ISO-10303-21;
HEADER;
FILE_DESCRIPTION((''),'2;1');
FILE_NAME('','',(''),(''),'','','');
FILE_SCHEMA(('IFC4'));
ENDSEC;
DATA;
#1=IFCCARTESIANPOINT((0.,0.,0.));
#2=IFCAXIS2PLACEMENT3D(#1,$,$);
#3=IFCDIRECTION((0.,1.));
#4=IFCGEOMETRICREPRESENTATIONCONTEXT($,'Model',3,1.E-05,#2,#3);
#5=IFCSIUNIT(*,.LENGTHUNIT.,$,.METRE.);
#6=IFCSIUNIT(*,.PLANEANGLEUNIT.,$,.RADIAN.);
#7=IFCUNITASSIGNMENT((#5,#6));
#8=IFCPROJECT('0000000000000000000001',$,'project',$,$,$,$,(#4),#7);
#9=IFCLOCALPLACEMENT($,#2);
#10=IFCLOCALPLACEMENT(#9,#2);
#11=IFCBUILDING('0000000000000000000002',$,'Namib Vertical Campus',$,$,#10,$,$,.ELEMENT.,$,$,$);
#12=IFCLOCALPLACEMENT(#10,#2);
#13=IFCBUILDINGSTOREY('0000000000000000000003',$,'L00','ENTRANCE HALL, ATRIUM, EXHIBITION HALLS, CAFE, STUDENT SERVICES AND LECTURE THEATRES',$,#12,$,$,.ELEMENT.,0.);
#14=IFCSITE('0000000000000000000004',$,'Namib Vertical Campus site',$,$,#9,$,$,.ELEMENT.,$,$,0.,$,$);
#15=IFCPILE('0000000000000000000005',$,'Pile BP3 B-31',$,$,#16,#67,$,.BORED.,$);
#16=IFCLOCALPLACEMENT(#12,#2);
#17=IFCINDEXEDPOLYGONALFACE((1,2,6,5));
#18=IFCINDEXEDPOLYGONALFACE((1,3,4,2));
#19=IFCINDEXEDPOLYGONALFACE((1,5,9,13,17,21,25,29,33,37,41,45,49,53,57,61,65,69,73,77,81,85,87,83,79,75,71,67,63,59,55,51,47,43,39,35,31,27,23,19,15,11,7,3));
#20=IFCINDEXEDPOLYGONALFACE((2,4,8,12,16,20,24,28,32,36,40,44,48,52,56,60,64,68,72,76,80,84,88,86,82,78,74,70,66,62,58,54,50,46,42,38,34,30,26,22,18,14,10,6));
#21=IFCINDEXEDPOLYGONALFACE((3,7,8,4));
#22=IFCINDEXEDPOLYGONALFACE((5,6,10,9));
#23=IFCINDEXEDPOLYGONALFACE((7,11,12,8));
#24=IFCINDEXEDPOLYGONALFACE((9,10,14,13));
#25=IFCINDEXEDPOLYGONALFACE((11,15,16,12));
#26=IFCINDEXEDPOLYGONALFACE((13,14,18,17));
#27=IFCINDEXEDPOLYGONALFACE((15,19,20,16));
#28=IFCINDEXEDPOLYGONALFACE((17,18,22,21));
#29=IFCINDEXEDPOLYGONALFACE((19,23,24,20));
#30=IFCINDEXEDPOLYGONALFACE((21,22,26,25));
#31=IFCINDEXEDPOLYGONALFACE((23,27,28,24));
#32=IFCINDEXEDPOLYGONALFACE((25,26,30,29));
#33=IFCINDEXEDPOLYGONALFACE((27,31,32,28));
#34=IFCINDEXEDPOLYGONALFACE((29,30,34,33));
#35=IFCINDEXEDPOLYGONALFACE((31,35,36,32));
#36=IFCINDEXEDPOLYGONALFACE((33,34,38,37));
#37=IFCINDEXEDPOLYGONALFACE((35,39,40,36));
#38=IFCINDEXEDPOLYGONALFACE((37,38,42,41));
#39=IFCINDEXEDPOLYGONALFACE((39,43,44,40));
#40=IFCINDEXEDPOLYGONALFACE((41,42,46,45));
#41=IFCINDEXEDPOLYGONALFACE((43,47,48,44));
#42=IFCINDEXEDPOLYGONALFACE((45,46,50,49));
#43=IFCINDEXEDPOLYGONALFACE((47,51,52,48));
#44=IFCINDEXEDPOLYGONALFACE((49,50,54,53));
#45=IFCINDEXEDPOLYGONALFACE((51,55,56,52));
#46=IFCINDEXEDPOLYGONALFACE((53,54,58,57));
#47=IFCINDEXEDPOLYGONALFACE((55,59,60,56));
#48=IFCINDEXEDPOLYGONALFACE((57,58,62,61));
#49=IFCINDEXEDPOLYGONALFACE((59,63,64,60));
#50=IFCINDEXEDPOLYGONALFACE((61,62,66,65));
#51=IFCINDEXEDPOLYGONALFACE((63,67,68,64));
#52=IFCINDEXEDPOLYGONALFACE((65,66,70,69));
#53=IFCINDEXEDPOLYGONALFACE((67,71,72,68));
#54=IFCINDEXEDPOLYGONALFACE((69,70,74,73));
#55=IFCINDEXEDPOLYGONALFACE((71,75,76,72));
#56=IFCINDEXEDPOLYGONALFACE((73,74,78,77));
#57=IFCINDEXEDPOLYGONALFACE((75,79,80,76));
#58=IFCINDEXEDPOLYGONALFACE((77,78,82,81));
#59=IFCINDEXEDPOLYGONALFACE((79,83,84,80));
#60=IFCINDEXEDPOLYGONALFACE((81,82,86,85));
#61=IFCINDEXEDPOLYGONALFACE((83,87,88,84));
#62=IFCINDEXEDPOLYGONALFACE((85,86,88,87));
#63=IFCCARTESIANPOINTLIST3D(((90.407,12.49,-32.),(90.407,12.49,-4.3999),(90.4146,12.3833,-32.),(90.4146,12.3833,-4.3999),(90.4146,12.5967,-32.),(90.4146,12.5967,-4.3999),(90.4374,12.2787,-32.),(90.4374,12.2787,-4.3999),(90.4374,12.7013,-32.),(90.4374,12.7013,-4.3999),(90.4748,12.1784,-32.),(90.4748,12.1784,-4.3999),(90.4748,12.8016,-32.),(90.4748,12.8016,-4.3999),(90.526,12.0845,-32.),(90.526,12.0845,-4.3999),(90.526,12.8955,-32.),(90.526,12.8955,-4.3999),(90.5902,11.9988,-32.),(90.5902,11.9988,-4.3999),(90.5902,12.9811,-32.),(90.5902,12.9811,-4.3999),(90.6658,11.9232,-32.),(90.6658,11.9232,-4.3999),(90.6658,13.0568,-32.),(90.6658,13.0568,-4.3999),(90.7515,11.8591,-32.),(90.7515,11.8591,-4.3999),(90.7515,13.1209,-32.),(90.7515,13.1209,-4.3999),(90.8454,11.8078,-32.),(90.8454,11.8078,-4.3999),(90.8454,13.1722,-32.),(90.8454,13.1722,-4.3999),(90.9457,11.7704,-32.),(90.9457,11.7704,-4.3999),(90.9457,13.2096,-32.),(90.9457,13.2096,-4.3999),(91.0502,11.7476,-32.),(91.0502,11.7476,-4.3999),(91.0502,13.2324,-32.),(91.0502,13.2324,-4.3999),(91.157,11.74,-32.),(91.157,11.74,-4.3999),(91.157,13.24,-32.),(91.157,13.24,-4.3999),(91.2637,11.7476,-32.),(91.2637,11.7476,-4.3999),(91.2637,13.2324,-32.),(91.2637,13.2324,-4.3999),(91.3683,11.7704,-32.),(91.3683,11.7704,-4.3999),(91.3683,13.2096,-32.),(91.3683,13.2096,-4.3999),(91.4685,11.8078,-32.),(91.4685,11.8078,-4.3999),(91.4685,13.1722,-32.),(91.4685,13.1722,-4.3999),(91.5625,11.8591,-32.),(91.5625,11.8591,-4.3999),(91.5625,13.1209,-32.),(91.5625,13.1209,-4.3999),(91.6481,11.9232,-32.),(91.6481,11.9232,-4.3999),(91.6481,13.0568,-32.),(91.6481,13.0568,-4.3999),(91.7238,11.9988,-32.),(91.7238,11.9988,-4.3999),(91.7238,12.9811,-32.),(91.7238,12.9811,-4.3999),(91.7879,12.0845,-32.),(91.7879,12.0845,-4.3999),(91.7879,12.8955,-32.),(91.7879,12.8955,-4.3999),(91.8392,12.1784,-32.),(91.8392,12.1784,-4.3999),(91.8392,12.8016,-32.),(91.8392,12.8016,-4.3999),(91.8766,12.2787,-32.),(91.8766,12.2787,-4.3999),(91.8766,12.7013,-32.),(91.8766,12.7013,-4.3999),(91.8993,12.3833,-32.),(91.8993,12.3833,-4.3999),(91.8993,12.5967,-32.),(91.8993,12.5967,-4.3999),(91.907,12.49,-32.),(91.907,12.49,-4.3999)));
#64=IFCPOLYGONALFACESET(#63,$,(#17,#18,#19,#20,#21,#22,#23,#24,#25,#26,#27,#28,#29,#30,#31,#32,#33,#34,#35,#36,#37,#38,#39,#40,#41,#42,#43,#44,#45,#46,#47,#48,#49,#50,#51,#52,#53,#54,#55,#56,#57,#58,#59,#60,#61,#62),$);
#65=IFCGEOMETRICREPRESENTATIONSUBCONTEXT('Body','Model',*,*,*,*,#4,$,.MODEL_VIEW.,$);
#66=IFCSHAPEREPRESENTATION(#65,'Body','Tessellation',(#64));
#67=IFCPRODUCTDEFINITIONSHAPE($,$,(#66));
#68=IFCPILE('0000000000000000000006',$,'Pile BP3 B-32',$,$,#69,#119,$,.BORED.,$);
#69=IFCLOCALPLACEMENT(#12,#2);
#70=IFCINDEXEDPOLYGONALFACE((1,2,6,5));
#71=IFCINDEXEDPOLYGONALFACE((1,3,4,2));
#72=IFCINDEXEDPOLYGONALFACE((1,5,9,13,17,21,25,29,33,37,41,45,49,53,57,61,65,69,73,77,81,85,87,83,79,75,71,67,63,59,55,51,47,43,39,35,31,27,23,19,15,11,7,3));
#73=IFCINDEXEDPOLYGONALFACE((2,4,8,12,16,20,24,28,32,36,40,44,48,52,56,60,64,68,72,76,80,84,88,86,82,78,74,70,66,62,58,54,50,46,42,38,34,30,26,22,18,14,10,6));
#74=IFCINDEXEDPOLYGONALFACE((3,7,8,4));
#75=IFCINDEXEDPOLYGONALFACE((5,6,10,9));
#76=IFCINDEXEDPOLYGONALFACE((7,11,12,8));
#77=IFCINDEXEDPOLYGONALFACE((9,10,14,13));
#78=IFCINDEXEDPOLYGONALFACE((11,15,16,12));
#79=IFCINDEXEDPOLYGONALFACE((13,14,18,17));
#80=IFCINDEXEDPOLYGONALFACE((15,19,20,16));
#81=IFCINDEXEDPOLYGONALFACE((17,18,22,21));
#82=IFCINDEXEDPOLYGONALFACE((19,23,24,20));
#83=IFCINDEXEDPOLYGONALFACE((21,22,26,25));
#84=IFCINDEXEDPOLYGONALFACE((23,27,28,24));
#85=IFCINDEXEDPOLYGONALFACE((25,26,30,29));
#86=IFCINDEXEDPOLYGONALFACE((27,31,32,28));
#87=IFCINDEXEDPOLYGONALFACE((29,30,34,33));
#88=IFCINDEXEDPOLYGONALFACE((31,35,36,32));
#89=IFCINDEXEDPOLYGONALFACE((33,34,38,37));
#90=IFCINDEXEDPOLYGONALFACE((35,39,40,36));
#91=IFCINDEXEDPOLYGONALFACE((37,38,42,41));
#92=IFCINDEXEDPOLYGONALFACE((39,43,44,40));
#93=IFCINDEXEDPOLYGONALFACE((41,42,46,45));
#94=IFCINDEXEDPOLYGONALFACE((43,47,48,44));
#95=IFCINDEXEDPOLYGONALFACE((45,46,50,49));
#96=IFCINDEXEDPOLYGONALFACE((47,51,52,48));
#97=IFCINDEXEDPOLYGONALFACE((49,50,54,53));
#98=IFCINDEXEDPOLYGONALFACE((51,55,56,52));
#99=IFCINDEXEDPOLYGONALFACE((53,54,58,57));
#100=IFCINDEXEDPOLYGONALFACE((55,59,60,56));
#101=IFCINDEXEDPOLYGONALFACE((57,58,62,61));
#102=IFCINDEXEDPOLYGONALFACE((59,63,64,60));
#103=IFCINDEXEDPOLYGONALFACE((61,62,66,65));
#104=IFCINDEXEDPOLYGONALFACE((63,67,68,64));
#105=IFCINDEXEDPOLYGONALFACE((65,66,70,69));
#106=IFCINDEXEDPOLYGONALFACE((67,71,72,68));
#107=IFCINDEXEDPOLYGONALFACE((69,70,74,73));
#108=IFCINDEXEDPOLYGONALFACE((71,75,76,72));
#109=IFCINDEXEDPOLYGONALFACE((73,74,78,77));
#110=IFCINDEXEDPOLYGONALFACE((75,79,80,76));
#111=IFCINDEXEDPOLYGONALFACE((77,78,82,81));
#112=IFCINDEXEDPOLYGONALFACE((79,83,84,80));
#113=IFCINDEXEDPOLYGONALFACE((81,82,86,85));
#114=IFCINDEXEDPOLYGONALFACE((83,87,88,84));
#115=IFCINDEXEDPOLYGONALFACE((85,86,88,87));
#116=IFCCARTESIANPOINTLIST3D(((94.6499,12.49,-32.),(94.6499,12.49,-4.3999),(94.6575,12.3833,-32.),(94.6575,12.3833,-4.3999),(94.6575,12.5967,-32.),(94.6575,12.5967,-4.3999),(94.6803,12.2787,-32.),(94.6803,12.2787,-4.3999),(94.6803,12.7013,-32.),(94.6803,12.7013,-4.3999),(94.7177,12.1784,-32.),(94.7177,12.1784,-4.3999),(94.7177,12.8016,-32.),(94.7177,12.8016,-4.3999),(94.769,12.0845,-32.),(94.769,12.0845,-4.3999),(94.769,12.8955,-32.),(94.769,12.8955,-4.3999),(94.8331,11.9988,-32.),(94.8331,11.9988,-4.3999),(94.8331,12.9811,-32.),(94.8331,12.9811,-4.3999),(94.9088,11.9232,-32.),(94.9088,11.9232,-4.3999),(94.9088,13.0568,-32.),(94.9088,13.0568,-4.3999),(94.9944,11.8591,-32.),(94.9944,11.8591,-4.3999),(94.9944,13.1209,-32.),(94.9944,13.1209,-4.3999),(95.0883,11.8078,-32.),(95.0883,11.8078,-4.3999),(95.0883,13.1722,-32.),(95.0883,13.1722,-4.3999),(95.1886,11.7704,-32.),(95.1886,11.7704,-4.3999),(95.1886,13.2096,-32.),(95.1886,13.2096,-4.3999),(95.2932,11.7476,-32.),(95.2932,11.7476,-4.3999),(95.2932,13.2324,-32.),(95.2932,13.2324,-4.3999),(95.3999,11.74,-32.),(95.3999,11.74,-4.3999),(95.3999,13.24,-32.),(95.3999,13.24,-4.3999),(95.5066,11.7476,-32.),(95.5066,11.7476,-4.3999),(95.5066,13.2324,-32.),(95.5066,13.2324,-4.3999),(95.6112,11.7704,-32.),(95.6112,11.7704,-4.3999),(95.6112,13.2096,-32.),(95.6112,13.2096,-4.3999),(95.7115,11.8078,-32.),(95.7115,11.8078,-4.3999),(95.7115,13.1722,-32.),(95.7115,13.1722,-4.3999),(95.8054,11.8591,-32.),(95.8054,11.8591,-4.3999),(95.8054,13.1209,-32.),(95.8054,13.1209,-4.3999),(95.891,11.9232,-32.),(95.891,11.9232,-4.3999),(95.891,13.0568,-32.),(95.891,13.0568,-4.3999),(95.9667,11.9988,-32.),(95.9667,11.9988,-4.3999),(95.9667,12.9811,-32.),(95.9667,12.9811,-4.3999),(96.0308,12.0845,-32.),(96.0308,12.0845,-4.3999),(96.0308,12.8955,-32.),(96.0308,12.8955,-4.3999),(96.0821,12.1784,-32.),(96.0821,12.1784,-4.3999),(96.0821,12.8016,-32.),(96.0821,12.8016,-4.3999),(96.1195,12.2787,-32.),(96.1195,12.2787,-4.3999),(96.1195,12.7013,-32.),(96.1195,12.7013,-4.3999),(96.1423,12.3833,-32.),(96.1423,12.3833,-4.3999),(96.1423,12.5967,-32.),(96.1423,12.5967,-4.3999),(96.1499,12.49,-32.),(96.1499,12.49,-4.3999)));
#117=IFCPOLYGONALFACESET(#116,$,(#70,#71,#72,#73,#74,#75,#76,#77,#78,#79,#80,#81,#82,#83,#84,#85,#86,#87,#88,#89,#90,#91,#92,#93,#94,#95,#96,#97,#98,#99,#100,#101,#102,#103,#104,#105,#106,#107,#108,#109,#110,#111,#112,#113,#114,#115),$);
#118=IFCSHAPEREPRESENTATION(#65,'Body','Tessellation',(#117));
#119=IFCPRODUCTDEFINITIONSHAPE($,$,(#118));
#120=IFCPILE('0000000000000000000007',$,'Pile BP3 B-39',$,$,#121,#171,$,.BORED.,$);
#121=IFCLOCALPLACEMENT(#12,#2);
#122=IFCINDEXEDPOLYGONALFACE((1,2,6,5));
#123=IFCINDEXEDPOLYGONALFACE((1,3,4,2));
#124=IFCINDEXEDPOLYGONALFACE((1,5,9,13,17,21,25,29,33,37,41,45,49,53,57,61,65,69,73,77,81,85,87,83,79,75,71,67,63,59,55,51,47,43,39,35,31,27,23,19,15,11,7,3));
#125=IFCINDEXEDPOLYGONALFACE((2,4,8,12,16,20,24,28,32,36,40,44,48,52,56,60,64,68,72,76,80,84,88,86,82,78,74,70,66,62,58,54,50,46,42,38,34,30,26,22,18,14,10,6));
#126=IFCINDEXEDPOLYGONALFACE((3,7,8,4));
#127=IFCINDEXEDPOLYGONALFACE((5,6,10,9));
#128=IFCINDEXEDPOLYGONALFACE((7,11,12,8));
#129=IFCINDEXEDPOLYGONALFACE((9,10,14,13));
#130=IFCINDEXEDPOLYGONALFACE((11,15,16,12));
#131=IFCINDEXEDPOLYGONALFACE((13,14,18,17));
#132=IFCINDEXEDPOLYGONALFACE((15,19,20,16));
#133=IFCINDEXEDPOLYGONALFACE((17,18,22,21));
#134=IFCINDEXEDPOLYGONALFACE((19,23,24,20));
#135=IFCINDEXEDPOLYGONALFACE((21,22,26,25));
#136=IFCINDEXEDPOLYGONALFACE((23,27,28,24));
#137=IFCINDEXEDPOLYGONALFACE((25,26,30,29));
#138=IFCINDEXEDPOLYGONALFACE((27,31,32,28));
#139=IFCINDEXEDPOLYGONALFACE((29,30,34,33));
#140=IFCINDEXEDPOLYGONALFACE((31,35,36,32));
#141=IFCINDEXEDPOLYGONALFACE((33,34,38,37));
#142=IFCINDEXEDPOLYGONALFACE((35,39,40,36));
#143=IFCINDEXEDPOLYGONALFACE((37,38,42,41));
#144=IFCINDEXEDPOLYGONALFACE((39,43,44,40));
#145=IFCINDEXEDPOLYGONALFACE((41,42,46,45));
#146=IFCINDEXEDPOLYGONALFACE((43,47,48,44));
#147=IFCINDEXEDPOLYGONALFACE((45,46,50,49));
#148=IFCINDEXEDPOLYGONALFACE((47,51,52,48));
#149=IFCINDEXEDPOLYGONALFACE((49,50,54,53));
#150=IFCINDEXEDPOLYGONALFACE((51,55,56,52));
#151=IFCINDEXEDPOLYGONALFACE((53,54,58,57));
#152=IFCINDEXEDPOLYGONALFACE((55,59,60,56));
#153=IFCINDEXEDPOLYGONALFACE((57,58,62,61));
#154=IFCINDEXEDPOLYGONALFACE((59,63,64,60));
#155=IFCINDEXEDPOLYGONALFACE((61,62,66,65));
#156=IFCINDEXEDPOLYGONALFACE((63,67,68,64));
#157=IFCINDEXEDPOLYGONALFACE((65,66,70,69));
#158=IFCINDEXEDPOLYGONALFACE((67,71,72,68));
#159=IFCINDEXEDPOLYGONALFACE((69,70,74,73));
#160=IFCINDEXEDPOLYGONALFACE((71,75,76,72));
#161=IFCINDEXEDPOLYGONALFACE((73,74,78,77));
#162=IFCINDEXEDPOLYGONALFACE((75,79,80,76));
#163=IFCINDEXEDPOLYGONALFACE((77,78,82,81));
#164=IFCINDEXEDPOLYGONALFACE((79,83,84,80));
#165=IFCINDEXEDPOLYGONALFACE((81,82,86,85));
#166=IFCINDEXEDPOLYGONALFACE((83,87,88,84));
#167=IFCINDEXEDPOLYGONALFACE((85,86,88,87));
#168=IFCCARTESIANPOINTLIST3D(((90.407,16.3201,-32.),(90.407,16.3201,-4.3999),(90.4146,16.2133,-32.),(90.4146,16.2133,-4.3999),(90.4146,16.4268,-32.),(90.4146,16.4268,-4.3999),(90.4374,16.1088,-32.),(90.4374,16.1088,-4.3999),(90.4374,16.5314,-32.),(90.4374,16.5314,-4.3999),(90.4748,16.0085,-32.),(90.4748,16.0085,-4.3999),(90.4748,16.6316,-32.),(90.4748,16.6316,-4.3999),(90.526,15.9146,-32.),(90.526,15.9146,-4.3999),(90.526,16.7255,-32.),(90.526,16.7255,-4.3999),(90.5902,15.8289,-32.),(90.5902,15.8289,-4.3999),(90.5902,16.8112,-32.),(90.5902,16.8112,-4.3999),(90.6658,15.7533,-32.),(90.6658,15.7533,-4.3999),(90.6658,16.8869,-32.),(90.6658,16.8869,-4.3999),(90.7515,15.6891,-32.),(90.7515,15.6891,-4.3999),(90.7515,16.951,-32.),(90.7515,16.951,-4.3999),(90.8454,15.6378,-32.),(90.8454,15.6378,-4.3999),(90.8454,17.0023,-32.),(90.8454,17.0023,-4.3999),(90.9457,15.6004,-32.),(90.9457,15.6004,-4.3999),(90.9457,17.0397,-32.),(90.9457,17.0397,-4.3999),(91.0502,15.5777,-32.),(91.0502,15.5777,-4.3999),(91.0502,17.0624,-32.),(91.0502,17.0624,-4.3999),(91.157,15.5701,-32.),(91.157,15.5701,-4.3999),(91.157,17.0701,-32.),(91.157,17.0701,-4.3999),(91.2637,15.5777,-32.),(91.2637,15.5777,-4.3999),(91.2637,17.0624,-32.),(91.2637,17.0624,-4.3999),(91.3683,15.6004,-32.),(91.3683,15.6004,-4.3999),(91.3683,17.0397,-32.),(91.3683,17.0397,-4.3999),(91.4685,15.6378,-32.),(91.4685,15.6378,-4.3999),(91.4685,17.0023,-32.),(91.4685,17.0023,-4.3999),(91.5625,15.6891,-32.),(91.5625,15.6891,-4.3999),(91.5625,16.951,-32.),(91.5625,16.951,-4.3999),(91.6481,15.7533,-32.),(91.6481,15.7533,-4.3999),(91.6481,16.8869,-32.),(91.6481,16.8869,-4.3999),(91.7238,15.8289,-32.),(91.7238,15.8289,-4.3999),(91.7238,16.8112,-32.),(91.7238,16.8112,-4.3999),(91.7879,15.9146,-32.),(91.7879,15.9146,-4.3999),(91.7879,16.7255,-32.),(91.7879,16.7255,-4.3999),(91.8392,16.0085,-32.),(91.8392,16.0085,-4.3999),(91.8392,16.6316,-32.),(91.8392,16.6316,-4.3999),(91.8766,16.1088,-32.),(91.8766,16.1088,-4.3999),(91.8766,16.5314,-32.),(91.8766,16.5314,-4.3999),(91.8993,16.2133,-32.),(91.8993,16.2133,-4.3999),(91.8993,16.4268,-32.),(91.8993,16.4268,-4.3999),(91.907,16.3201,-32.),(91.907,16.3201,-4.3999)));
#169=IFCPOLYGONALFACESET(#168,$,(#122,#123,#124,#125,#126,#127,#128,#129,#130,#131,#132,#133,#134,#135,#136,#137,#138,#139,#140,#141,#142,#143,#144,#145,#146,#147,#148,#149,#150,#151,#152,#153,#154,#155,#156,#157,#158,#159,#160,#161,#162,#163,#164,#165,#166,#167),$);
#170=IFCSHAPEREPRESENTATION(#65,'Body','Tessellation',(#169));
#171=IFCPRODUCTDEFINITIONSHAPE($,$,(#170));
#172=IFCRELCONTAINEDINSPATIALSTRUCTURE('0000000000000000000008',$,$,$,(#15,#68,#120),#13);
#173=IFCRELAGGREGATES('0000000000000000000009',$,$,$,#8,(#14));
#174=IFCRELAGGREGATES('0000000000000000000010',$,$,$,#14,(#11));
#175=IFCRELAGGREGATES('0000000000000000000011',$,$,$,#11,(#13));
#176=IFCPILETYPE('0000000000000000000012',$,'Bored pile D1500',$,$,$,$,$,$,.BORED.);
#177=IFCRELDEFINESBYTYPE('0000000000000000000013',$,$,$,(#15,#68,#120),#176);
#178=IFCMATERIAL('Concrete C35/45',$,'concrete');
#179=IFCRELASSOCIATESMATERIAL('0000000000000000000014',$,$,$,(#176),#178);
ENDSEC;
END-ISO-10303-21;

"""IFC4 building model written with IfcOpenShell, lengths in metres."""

from ifc_helpers import new_model, si_unit, direction, frame, origin, origin_2d, place, context, subcontext, project, spatial, circle, extrude, material, material_profile, profile_set, type_object, element, save


model = new_model("IFC4")

# Units and contexts
model_context = context("Model", 3, precision=1e-05, world=origin(), true_north=direction((0.0, 1.0)))
body_context = subcontext(model_context, "Body", "Model", "MODEL_VIEW")
ifc_project = project(units=[si_unit("LENGTHUNIT", "METRE"), si_unit("PLANEANGLEUNIT", "RADIAN")], contexts=[model_context])

# Site, building, storey
site_placement = place(None, origin())
site = spatial("IfcSite", under=ifc_project, at=site_placement, Name="Namib Vertical Campus site", CompositionType="ELEMENT", RefElevation=0.0)
building_placement = place(site_placement, origin())
building = spatial("IfcBuilding", under=site, at=building_placement, Name="Namib Vertical Campus", CompositionType="ELEMENT")
storey_placement = place(building_placement, origin())
storey = spatial("IfcBuildingStorey", under=building, at=storey_placement, Name="L00", Description="ENTRANCE HALL, ATRIUM, EXHIBITION HALLS, CAFE, STUDENT SERVICES AND LECTURE THEATRES", CompositionType="ELEMENT", Elevation=0.0)

# Piles
ifc_material_1 = material(Name="Concrete C35/45", Category="concrete")
ifc_material_profile_1 = material_profile(ifc_material_1, circle(Radius=0.75, at=origin_2d()))
ifc_profile_set_1 = profile_set([ifc_material_profile_1], Name="Concrete C35/45")
pile_type = type_object("IfcPileType", Name="Bored pile D1500", PredefinedType="BORED", material=ifc_profile_set_1)
for number, where, z_axis, x_axis, name in (
    (1, (91.157, 12.49, -4.3999), (0.0, 0.0, -1.0), (1.0, 0.0, 0.0), "Pile BP3 B-31"),
    (2, (95.3999, 12.49, -4.3999), (0.0, 0.0, -1.0), (1.0, 0.0, 0.0), "Pile BP3 B-32"),
    (3, (91.157, 16.3201, -4.3999), (0.0, 0.0, -1.0), (1.0, 0.0, 0.0), "Pile BP3 B-39"),
):
    element("IfcPile", number, at=place(storey_placement, frame(where, z_axis=z_axis, x_axis=x_axis)), inside=storey, type_object=pile_type, Name=name, PredefinedType="BORED", context=body_context, shape_type="SweptSolid", body=[
        extrude(circle(Radius=0.75, at=origin_2d()), origin(), (0.0, 0.0, 1.0), 27.6001),
    ])

save(model, "model.ifc")
